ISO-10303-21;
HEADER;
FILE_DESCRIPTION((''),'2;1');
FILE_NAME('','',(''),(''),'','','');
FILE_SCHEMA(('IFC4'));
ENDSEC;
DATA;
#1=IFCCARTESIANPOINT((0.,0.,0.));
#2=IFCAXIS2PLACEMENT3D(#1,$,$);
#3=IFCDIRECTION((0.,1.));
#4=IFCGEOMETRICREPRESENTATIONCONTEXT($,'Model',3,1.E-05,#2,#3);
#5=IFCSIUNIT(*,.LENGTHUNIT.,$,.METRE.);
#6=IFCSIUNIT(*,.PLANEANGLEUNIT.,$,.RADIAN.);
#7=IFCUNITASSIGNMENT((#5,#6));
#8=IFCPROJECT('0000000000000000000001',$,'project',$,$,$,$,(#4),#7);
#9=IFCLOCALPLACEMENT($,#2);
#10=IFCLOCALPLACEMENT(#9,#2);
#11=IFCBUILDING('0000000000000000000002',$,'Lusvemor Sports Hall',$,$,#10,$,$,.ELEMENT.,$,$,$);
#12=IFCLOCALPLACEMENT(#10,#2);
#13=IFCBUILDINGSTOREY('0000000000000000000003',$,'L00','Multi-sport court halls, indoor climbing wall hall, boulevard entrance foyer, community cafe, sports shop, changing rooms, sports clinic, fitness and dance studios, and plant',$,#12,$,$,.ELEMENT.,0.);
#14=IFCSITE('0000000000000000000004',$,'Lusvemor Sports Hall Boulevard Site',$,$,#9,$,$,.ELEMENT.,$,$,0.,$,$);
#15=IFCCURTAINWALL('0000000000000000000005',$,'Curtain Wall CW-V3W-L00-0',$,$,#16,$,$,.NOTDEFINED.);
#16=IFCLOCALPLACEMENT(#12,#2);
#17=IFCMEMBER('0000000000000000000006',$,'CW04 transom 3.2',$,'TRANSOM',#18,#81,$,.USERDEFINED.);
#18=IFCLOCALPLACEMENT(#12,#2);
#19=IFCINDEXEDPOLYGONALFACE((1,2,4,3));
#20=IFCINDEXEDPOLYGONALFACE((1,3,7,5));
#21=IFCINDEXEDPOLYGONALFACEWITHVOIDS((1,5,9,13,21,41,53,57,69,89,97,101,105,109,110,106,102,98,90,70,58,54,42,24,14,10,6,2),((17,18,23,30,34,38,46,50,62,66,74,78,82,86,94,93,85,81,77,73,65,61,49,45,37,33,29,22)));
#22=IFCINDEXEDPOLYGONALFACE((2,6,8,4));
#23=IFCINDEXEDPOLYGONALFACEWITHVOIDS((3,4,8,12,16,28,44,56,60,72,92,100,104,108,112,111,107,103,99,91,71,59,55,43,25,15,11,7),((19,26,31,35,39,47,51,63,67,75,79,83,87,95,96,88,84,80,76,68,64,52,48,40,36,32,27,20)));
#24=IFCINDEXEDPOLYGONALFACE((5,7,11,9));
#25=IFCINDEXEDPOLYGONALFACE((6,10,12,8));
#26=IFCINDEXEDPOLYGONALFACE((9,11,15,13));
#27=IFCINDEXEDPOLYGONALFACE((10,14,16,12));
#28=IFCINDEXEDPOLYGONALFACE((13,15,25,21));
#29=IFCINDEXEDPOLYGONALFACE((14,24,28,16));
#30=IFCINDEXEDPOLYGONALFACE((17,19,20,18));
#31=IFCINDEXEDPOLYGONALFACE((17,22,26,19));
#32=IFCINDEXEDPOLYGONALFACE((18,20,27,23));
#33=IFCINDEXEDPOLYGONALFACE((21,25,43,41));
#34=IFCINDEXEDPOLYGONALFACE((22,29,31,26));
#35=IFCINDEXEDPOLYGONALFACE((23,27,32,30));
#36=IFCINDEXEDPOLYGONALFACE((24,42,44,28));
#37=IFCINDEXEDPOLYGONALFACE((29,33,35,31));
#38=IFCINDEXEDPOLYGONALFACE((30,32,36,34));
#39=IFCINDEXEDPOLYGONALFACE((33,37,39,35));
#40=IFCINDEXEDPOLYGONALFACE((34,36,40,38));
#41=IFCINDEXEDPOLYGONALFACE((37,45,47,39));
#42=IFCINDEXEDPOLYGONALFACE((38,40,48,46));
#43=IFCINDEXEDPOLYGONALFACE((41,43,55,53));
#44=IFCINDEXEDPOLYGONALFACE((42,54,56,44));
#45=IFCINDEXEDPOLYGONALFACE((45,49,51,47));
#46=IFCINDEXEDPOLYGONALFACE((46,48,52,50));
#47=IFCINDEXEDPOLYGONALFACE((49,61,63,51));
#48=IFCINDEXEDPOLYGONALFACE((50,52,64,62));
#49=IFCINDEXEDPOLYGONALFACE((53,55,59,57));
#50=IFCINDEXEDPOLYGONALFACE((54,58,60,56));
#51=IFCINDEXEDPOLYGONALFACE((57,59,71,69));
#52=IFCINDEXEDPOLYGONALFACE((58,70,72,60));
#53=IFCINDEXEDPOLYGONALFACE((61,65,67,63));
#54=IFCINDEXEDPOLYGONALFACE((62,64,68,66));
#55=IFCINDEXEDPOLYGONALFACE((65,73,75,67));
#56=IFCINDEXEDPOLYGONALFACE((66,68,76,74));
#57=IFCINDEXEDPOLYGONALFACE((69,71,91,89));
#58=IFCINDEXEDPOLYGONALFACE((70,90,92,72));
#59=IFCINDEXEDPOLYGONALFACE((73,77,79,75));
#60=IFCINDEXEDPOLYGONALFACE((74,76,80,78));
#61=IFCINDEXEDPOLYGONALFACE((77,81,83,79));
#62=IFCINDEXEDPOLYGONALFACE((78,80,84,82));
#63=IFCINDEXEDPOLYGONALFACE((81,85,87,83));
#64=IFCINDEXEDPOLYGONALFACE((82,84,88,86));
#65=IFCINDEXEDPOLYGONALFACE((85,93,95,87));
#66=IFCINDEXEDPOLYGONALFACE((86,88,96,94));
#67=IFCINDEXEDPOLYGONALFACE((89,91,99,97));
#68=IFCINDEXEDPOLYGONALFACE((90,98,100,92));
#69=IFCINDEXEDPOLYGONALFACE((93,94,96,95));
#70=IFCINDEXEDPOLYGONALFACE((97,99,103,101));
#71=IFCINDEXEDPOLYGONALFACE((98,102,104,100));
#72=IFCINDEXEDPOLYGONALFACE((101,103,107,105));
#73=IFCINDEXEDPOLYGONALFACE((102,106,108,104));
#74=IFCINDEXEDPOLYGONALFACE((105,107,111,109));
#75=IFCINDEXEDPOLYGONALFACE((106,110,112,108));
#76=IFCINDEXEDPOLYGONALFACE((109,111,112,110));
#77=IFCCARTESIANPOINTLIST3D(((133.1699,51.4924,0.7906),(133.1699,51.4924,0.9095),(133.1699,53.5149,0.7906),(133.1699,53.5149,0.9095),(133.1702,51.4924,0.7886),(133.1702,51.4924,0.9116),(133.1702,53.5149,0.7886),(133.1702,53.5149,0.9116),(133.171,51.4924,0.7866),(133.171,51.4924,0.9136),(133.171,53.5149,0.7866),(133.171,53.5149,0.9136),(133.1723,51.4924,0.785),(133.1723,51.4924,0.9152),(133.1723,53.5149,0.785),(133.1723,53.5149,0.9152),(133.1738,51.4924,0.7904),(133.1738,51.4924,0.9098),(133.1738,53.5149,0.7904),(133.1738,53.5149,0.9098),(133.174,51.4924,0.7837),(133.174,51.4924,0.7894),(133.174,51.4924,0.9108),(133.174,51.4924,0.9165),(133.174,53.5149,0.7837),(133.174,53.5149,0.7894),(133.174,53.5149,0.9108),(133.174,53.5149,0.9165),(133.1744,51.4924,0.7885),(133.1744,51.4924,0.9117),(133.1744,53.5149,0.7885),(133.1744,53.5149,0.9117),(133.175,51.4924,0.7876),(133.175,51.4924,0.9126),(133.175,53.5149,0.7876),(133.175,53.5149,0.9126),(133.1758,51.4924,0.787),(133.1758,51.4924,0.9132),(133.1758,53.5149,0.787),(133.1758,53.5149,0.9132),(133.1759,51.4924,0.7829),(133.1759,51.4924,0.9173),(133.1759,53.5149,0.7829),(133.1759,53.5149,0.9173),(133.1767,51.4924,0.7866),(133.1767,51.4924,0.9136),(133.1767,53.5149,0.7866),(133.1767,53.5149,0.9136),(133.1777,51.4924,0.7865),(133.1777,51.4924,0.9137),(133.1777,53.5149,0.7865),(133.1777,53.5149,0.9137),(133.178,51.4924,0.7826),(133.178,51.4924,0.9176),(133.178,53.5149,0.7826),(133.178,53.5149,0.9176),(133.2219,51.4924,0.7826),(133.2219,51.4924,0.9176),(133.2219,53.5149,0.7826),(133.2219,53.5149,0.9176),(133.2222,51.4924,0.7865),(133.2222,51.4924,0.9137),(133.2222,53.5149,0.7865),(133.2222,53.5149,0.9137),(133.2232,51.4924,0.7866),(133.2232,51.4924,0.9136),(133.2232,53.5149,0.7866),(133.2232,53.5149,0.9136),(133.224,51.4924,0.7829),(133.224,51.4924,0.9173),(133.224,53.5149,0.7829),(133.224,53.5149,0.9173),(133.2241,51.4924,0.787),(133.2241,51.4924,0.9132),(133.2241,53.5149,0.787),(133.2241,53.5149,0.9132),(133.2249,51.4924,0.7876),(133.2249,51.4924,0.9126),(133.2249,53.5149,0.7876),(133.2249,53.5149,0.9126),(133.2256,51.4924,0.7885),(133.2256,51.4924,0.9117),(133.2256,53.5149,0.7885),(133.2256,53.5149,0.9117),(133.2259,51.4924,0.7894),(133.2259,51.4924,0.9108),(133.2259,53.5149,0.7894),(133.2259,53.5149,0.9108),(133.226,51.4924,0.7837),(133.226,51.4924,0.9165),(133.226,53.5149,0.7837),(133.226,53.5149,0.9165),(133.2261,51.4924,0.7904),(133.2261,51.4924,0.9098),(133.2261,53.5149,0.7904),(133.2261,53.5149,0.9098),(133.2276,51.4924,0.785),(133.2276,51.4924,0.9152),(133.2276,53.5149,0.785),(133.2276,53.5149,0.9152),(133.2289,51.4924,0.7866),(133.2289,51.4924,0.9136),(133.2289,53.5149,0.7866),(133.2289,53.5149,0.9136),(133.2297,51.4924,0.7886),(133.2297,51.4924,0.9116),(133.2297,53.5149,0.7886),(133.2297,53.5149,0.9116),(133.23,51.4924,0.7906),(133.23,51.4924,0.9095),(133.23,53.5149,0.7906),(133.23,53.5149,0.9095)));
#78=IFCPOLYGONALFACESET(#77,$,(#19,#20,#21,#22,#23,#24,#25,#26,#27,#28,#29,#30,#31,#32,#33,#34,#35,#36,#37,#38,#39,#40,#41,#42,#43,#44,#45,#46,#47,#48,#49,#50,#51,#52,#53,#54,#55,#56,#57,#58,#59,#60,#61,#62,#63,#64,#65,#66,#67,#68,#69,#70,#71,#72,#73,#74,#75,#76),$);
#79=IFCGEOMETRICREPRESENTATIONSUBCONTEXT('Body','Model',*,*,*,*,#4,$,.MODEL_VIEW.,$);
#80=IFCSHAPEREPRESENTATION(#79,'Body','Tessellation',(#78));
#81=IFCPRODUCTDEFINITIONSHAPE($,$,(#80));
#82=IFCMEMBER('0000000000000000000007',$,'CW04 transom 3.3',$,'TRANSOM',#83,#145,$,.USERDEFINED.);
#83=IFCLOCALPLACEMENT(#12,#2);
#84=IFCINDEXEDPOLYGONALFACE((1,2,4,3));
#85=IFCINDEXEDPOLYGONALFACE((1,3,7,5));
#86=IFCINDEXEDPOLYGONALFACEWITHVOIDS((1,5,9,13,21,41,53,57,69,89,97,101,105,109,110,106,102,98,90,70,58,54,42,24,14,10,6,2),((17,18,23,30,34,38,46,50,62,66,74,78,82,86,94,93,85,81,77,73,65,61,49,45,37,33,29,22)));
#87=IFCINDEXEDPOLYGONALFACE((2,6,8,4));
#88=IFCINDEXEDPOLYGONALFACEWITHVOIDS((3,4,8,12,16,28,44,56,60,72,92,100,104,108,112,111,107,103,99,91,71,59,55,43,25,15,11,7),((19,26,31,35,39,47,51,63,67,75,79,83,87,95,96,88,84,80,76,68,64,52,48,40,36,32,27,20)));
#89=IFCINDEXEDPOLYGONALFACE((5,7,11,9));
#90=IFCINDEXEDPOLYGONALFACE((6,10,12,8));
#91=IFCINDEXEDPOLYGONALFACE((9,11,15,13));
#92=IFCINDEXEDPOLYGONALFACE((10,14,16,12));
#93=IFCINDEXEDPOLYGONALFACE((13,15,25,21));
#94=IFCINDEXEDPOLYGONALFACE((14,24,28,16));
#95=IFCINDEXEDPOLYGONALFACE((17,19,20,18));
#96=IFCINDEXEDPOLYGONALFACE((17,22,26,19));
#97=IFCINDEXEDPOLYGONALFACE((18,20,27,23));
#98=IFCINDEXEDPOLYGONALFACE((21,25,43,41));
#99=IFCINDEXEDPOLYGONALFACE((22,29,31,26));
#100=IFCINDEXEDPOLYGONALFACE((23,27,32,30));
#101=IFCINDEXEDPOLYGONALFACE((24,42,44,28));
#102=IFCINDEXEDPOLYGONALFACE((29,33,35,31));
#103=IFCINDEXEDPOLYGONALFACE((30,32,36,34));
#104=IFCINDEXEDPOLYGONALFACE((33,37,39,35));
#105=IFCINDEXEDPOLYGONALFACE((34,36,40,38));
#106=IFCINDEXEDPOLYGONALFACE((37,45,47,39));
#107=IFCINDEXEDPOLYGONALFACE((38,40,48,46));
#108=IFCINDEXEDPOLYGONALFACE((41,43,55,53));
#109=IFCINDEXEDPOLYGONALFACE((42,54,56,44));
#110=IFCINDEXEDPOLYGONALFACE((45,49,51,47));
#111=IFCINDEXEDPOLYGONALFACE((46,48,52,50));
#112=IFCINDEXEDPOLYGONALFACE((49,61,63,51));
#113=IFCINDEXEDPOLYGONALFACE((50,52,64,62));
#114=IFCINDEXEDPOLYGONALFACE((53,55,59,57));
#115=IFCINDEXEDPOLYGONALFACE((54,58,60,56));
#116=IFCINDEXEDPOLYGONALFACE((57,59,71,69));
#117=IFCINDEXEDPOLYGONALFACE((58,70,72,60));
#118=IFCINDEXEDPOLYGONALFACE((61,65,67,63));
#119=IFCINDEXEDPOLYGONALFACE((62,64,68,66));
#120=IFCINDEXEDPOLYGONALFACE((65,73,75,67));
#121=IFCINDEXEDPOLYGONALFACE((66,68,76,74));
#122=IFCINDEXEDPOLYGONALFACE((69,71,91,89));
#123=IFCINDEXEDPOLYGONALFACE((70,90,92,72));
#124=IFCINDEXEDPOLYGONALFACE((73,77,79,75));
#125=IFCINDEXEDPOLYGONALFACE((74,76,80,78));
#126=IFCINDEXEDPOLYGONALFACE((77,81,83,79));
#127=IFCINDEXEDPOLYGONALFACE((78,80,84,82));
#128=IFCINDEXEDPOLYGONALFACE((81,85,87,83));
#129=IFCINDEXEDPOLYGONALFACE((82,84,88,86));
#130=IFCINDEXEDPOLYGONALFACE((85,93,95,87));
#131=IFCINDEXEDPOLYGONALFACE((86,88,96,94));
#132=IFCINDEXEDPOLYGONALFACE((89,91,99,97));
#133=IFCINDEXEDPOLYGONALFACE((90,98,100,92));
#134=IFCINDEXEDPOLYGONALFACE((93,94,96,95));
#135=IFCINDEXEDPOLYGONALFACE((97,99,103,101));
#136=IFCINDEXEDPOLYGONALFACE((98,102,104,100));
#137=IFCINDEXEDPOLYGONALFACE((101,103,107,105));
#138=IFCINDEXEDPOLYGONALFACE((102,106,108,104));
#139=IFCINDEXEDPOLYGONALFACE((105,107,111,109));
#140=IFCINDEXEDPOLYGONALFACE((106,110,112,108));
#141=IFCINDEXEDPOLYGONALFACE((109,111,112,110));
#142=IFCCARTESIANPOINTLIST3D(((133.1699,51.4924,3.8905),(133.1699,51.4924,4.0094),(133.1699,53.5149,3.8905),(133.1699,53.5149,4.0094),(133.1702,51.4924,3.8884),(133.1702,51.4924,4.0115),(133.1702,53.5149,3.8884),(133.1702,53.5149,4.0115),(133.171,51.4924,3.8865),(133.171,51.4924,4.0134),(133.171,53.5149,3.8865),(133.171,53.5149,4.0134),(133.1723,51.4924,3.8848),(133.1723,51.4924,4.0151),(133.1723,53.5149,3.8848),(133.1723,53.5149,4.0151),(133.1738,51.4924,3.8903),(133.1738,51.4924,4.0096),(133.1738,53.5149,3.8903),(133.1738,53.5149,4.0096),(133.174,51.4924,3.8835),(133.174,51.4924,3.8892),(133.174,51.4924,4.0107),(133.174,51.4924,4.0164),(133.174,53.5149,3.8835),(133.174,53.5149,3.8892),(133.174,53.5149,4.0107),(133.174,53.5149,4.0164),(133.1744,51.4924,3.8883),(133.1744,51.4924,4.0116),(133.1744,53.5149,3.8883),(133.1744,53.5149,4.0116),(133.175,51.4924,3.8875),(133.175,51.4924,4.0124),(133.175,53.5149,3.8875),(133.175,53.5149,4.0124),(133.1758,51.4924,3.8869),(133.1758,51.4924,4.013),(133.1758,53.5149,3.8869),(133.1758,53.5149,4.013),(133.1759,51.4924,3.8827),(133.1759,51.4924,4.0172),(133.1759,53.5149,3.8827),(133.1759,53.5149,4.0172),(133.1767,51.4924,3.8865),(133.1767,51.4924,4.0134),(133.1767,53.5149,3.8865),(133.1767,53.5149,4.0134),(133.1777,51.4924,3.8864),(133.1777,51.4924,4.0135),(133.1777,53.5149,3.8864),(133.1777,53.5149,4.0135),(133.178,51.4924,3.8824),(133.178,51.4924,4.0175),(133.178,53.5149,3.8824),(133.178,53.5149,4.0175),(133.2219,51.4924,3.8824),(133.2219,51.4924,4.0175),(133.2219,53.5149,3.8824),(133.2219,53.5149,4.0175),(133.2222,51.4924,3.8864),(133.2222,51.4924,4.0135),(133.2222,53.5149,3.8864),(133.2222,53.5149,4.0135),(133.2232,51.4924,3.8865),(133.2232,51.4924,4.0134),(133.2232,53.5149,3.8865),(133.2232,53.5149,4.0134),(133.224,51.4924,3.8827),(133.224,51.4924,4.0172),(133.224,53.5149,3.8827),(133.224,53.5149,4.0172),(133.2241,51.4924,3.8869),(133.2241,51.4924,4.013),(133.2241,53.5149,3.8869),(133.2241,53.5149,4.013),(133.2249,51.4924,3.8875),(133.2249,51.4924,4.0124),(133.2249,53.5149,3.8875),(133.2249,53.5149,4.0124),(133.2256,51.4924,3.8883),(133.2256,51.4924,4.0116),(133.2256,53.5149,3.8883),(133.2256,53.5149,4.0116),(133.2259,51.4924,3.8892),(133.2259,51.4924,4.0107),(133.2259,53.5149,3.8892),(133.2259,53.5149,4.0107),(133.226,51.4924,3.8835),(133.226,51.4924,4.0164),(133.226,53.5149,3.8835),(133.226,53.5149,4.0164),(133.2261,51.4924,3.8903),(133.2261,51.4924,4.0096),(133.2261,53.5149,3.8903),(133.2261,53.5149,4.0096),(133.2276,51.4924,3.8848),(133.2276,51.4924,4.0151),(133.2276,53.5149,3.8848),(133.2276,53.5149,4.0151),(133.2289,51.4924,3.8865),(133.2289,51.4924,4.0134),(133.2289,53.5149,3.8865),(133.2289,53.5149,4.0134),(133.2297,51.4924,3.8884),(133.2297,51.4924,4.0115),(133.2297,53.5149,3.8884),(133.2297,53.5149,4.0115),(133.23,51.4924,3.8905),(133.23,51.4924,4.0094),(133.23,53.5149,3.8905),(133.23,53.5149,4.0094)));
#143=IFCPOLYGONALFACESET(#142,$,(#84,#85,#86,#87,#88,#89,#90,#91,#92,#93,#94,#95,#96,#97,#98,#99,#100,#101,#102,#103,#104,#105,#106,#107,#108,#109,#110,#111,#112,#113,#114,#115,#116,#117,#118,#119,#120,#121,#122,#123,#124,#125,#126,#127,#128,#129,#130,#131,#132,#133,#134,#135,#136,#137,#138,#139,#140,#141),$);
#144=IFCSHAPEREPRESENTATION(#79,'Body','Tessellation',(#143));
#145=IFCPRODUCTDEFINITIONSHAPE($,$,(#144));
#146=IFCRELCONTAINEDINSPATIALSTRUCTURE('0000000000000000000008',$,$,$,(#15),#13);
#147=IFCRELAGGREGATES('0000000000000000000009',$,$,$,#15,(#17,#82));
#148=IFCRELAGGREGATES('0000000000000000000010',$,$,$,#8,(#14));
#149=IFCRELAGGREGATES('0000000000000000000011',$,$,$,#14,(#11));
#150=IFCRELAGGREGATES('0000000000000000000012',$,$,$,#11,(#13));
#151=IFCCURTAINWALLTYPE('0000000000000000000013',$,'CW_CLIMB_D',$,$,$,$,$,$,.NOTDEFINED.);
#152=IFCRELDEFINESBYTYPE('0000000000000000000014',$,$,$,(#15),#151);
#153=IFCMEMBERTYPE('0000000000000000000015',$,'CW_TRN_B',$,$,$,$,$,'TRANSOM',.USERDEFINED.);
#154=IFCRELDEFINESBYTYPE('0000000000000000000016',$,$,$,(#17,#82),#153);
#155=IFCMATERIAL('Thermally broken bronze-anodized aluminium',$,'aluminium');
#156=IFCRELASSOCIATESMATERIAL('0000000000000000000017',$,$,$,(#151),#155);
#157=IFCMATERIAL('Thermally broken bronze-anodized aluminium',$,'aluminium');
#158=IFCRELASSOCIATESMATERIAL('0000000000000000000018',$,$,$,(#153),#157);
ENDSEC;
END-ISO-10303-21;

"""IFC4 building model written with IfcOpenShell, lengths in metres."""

from ifc_helpers import new_model, si_unit, direction, frame, origin, origin_2d, place, context, subcontext, project, spatial, hollow_rectangle, extrude, material, material_profile, profile_set, type_object, element, aggregate, save


model = new_model("IFC4")

# Units and contexts
model_context = context("Model", 3, precision=1e-05, world=origin(), true_north=direction((0.0, 1.0)))
body_context = subcontext(model_context, "Body", "Model", "MODEL_VIEW")
ifc_project = project(units=[si_unit("LENGTHUNIT", "METRE"), si_unit("PLANEANGLEUNIT", "RADIAN")], contexts=[model_context])

# Site, building, storey
site_placement = place(None, origin())
site = spatial("IfcSite", under=ifc_project, at=site_placement, Name="Lusvemor Sports Hall Boulevard Site", CompositionType="ELEMENT", RefElevation=0.0)
building_placement = place(site_placement, origin())
building = spatial("IfcBuilding", under=site, at=building_placement, Name="Lusvemor Sports Hall", CompositionType="ELEMENT")
storey_placement = place(building_placement, origin())
storey = spatial("IfcBuildingStorey", under=building, at=storey_placement, Name="L00", Description="Multi-sport court halls, indoor climbing wall hall, boulevard entrance foyer, community cafe, sports shop, changing rooms, sports clinic, fitness and dance studios, and plant", CompositionType="ELEMENT", Elevation=0.0)

# Curtain wall, members
ifc_material_1 = material(Name="Thermally broken bronze-anodized aluminium", Category="aluminium")
curtain_wall_type = type_object("IfcCurtainWallType", Name="CW_CLIMB_D", PredefinedType="NOTDEFINED", material=ifc_material_1)
curtain_wall_placement = place(storey_placement, origin())
curtain_wall = element("IfcCurtainWall", 1, at=curtain_wall_placement, inside=storey, type_object=curtain_wall_type, Name="Curtain Wall CW-V3W-L00-0", PredefinedType="NOTDEFINED")
ifc_material_2 = material(Name="Thermally broken bronze-anodized aluminium", Category="aluminium")
ifc_material_profile_1 = material_profile(ifc_material_2, hollow_rectangle(XDim=0.0601, YDim=0.135, WallThickness=0.0039, InnerFilletRadius=0.0039, OuterFilletRadius=0.0081, at=origin_2d()), Name="CWTRN135x60x4")
ifc_profile_set_1 = profile_set([ifc_material_profile_1], Name="Thermally broken bronze-anodized aluminium")
member_type_1 = type_object("IfcMemberType", Name="CW_TRN_B", ElementType="TRANSOM", PredefinedType="USERDEFINED", material=ifc_profile_set_1)
member_1_placement = place(storey_placement, frame((133.2, 51.4924, 0.8501), z_axis=(0.0, 1.0, 0.0), x_axis=(-1.0, 0.0, 0.0)))
member_1 = element("IfcMember", 2, at=member_1_placement, type_object=member_type_1, Name="CW04 transom 3.2", ObjectType="TRANSOM", PredefinedType="USERDEFINED", context=body_context, shape_type="SweptSolid", body=[
    extrude(hollow_rectangle(XDim=0.0601, YDim=0.135, WallThickness=0.0039, InnerFilletRadius=0.0039, OuterFilletRadius=0.0081, at=origin_2d()), origin(), (0.0, 0.0, 1.0), 2.0225),
])
member_2_placement = place(storey_placement, frame((133.2, 51.4924, 3.95), z_axis=(0.0, 1.0, 0.0), x_axis=(-1.0, 0.0, 0.0)))
member_2 = element("IfcMember", 3, at=member_2_placement, type_object=member_type_1, Name="CW04 transom 3.3", ObjectType="TRANSOM", PredefinedType="USERDEFINED", context=body_context, shape_type="SweptSolid", body=[
    extrude(hollow_rectangle(XDim=0.0601, YDim=0.135, WallThickness=0.0039, InnerFilletRadius=0.0039, OuterFilletRadius=0.0081, at=origin_2d()), origin(), (0.0, 0.0, 1.0), 2.0225),
])
aggregate(curtain_wall, [member_1, member_2])

save(model, "model.ifc")
